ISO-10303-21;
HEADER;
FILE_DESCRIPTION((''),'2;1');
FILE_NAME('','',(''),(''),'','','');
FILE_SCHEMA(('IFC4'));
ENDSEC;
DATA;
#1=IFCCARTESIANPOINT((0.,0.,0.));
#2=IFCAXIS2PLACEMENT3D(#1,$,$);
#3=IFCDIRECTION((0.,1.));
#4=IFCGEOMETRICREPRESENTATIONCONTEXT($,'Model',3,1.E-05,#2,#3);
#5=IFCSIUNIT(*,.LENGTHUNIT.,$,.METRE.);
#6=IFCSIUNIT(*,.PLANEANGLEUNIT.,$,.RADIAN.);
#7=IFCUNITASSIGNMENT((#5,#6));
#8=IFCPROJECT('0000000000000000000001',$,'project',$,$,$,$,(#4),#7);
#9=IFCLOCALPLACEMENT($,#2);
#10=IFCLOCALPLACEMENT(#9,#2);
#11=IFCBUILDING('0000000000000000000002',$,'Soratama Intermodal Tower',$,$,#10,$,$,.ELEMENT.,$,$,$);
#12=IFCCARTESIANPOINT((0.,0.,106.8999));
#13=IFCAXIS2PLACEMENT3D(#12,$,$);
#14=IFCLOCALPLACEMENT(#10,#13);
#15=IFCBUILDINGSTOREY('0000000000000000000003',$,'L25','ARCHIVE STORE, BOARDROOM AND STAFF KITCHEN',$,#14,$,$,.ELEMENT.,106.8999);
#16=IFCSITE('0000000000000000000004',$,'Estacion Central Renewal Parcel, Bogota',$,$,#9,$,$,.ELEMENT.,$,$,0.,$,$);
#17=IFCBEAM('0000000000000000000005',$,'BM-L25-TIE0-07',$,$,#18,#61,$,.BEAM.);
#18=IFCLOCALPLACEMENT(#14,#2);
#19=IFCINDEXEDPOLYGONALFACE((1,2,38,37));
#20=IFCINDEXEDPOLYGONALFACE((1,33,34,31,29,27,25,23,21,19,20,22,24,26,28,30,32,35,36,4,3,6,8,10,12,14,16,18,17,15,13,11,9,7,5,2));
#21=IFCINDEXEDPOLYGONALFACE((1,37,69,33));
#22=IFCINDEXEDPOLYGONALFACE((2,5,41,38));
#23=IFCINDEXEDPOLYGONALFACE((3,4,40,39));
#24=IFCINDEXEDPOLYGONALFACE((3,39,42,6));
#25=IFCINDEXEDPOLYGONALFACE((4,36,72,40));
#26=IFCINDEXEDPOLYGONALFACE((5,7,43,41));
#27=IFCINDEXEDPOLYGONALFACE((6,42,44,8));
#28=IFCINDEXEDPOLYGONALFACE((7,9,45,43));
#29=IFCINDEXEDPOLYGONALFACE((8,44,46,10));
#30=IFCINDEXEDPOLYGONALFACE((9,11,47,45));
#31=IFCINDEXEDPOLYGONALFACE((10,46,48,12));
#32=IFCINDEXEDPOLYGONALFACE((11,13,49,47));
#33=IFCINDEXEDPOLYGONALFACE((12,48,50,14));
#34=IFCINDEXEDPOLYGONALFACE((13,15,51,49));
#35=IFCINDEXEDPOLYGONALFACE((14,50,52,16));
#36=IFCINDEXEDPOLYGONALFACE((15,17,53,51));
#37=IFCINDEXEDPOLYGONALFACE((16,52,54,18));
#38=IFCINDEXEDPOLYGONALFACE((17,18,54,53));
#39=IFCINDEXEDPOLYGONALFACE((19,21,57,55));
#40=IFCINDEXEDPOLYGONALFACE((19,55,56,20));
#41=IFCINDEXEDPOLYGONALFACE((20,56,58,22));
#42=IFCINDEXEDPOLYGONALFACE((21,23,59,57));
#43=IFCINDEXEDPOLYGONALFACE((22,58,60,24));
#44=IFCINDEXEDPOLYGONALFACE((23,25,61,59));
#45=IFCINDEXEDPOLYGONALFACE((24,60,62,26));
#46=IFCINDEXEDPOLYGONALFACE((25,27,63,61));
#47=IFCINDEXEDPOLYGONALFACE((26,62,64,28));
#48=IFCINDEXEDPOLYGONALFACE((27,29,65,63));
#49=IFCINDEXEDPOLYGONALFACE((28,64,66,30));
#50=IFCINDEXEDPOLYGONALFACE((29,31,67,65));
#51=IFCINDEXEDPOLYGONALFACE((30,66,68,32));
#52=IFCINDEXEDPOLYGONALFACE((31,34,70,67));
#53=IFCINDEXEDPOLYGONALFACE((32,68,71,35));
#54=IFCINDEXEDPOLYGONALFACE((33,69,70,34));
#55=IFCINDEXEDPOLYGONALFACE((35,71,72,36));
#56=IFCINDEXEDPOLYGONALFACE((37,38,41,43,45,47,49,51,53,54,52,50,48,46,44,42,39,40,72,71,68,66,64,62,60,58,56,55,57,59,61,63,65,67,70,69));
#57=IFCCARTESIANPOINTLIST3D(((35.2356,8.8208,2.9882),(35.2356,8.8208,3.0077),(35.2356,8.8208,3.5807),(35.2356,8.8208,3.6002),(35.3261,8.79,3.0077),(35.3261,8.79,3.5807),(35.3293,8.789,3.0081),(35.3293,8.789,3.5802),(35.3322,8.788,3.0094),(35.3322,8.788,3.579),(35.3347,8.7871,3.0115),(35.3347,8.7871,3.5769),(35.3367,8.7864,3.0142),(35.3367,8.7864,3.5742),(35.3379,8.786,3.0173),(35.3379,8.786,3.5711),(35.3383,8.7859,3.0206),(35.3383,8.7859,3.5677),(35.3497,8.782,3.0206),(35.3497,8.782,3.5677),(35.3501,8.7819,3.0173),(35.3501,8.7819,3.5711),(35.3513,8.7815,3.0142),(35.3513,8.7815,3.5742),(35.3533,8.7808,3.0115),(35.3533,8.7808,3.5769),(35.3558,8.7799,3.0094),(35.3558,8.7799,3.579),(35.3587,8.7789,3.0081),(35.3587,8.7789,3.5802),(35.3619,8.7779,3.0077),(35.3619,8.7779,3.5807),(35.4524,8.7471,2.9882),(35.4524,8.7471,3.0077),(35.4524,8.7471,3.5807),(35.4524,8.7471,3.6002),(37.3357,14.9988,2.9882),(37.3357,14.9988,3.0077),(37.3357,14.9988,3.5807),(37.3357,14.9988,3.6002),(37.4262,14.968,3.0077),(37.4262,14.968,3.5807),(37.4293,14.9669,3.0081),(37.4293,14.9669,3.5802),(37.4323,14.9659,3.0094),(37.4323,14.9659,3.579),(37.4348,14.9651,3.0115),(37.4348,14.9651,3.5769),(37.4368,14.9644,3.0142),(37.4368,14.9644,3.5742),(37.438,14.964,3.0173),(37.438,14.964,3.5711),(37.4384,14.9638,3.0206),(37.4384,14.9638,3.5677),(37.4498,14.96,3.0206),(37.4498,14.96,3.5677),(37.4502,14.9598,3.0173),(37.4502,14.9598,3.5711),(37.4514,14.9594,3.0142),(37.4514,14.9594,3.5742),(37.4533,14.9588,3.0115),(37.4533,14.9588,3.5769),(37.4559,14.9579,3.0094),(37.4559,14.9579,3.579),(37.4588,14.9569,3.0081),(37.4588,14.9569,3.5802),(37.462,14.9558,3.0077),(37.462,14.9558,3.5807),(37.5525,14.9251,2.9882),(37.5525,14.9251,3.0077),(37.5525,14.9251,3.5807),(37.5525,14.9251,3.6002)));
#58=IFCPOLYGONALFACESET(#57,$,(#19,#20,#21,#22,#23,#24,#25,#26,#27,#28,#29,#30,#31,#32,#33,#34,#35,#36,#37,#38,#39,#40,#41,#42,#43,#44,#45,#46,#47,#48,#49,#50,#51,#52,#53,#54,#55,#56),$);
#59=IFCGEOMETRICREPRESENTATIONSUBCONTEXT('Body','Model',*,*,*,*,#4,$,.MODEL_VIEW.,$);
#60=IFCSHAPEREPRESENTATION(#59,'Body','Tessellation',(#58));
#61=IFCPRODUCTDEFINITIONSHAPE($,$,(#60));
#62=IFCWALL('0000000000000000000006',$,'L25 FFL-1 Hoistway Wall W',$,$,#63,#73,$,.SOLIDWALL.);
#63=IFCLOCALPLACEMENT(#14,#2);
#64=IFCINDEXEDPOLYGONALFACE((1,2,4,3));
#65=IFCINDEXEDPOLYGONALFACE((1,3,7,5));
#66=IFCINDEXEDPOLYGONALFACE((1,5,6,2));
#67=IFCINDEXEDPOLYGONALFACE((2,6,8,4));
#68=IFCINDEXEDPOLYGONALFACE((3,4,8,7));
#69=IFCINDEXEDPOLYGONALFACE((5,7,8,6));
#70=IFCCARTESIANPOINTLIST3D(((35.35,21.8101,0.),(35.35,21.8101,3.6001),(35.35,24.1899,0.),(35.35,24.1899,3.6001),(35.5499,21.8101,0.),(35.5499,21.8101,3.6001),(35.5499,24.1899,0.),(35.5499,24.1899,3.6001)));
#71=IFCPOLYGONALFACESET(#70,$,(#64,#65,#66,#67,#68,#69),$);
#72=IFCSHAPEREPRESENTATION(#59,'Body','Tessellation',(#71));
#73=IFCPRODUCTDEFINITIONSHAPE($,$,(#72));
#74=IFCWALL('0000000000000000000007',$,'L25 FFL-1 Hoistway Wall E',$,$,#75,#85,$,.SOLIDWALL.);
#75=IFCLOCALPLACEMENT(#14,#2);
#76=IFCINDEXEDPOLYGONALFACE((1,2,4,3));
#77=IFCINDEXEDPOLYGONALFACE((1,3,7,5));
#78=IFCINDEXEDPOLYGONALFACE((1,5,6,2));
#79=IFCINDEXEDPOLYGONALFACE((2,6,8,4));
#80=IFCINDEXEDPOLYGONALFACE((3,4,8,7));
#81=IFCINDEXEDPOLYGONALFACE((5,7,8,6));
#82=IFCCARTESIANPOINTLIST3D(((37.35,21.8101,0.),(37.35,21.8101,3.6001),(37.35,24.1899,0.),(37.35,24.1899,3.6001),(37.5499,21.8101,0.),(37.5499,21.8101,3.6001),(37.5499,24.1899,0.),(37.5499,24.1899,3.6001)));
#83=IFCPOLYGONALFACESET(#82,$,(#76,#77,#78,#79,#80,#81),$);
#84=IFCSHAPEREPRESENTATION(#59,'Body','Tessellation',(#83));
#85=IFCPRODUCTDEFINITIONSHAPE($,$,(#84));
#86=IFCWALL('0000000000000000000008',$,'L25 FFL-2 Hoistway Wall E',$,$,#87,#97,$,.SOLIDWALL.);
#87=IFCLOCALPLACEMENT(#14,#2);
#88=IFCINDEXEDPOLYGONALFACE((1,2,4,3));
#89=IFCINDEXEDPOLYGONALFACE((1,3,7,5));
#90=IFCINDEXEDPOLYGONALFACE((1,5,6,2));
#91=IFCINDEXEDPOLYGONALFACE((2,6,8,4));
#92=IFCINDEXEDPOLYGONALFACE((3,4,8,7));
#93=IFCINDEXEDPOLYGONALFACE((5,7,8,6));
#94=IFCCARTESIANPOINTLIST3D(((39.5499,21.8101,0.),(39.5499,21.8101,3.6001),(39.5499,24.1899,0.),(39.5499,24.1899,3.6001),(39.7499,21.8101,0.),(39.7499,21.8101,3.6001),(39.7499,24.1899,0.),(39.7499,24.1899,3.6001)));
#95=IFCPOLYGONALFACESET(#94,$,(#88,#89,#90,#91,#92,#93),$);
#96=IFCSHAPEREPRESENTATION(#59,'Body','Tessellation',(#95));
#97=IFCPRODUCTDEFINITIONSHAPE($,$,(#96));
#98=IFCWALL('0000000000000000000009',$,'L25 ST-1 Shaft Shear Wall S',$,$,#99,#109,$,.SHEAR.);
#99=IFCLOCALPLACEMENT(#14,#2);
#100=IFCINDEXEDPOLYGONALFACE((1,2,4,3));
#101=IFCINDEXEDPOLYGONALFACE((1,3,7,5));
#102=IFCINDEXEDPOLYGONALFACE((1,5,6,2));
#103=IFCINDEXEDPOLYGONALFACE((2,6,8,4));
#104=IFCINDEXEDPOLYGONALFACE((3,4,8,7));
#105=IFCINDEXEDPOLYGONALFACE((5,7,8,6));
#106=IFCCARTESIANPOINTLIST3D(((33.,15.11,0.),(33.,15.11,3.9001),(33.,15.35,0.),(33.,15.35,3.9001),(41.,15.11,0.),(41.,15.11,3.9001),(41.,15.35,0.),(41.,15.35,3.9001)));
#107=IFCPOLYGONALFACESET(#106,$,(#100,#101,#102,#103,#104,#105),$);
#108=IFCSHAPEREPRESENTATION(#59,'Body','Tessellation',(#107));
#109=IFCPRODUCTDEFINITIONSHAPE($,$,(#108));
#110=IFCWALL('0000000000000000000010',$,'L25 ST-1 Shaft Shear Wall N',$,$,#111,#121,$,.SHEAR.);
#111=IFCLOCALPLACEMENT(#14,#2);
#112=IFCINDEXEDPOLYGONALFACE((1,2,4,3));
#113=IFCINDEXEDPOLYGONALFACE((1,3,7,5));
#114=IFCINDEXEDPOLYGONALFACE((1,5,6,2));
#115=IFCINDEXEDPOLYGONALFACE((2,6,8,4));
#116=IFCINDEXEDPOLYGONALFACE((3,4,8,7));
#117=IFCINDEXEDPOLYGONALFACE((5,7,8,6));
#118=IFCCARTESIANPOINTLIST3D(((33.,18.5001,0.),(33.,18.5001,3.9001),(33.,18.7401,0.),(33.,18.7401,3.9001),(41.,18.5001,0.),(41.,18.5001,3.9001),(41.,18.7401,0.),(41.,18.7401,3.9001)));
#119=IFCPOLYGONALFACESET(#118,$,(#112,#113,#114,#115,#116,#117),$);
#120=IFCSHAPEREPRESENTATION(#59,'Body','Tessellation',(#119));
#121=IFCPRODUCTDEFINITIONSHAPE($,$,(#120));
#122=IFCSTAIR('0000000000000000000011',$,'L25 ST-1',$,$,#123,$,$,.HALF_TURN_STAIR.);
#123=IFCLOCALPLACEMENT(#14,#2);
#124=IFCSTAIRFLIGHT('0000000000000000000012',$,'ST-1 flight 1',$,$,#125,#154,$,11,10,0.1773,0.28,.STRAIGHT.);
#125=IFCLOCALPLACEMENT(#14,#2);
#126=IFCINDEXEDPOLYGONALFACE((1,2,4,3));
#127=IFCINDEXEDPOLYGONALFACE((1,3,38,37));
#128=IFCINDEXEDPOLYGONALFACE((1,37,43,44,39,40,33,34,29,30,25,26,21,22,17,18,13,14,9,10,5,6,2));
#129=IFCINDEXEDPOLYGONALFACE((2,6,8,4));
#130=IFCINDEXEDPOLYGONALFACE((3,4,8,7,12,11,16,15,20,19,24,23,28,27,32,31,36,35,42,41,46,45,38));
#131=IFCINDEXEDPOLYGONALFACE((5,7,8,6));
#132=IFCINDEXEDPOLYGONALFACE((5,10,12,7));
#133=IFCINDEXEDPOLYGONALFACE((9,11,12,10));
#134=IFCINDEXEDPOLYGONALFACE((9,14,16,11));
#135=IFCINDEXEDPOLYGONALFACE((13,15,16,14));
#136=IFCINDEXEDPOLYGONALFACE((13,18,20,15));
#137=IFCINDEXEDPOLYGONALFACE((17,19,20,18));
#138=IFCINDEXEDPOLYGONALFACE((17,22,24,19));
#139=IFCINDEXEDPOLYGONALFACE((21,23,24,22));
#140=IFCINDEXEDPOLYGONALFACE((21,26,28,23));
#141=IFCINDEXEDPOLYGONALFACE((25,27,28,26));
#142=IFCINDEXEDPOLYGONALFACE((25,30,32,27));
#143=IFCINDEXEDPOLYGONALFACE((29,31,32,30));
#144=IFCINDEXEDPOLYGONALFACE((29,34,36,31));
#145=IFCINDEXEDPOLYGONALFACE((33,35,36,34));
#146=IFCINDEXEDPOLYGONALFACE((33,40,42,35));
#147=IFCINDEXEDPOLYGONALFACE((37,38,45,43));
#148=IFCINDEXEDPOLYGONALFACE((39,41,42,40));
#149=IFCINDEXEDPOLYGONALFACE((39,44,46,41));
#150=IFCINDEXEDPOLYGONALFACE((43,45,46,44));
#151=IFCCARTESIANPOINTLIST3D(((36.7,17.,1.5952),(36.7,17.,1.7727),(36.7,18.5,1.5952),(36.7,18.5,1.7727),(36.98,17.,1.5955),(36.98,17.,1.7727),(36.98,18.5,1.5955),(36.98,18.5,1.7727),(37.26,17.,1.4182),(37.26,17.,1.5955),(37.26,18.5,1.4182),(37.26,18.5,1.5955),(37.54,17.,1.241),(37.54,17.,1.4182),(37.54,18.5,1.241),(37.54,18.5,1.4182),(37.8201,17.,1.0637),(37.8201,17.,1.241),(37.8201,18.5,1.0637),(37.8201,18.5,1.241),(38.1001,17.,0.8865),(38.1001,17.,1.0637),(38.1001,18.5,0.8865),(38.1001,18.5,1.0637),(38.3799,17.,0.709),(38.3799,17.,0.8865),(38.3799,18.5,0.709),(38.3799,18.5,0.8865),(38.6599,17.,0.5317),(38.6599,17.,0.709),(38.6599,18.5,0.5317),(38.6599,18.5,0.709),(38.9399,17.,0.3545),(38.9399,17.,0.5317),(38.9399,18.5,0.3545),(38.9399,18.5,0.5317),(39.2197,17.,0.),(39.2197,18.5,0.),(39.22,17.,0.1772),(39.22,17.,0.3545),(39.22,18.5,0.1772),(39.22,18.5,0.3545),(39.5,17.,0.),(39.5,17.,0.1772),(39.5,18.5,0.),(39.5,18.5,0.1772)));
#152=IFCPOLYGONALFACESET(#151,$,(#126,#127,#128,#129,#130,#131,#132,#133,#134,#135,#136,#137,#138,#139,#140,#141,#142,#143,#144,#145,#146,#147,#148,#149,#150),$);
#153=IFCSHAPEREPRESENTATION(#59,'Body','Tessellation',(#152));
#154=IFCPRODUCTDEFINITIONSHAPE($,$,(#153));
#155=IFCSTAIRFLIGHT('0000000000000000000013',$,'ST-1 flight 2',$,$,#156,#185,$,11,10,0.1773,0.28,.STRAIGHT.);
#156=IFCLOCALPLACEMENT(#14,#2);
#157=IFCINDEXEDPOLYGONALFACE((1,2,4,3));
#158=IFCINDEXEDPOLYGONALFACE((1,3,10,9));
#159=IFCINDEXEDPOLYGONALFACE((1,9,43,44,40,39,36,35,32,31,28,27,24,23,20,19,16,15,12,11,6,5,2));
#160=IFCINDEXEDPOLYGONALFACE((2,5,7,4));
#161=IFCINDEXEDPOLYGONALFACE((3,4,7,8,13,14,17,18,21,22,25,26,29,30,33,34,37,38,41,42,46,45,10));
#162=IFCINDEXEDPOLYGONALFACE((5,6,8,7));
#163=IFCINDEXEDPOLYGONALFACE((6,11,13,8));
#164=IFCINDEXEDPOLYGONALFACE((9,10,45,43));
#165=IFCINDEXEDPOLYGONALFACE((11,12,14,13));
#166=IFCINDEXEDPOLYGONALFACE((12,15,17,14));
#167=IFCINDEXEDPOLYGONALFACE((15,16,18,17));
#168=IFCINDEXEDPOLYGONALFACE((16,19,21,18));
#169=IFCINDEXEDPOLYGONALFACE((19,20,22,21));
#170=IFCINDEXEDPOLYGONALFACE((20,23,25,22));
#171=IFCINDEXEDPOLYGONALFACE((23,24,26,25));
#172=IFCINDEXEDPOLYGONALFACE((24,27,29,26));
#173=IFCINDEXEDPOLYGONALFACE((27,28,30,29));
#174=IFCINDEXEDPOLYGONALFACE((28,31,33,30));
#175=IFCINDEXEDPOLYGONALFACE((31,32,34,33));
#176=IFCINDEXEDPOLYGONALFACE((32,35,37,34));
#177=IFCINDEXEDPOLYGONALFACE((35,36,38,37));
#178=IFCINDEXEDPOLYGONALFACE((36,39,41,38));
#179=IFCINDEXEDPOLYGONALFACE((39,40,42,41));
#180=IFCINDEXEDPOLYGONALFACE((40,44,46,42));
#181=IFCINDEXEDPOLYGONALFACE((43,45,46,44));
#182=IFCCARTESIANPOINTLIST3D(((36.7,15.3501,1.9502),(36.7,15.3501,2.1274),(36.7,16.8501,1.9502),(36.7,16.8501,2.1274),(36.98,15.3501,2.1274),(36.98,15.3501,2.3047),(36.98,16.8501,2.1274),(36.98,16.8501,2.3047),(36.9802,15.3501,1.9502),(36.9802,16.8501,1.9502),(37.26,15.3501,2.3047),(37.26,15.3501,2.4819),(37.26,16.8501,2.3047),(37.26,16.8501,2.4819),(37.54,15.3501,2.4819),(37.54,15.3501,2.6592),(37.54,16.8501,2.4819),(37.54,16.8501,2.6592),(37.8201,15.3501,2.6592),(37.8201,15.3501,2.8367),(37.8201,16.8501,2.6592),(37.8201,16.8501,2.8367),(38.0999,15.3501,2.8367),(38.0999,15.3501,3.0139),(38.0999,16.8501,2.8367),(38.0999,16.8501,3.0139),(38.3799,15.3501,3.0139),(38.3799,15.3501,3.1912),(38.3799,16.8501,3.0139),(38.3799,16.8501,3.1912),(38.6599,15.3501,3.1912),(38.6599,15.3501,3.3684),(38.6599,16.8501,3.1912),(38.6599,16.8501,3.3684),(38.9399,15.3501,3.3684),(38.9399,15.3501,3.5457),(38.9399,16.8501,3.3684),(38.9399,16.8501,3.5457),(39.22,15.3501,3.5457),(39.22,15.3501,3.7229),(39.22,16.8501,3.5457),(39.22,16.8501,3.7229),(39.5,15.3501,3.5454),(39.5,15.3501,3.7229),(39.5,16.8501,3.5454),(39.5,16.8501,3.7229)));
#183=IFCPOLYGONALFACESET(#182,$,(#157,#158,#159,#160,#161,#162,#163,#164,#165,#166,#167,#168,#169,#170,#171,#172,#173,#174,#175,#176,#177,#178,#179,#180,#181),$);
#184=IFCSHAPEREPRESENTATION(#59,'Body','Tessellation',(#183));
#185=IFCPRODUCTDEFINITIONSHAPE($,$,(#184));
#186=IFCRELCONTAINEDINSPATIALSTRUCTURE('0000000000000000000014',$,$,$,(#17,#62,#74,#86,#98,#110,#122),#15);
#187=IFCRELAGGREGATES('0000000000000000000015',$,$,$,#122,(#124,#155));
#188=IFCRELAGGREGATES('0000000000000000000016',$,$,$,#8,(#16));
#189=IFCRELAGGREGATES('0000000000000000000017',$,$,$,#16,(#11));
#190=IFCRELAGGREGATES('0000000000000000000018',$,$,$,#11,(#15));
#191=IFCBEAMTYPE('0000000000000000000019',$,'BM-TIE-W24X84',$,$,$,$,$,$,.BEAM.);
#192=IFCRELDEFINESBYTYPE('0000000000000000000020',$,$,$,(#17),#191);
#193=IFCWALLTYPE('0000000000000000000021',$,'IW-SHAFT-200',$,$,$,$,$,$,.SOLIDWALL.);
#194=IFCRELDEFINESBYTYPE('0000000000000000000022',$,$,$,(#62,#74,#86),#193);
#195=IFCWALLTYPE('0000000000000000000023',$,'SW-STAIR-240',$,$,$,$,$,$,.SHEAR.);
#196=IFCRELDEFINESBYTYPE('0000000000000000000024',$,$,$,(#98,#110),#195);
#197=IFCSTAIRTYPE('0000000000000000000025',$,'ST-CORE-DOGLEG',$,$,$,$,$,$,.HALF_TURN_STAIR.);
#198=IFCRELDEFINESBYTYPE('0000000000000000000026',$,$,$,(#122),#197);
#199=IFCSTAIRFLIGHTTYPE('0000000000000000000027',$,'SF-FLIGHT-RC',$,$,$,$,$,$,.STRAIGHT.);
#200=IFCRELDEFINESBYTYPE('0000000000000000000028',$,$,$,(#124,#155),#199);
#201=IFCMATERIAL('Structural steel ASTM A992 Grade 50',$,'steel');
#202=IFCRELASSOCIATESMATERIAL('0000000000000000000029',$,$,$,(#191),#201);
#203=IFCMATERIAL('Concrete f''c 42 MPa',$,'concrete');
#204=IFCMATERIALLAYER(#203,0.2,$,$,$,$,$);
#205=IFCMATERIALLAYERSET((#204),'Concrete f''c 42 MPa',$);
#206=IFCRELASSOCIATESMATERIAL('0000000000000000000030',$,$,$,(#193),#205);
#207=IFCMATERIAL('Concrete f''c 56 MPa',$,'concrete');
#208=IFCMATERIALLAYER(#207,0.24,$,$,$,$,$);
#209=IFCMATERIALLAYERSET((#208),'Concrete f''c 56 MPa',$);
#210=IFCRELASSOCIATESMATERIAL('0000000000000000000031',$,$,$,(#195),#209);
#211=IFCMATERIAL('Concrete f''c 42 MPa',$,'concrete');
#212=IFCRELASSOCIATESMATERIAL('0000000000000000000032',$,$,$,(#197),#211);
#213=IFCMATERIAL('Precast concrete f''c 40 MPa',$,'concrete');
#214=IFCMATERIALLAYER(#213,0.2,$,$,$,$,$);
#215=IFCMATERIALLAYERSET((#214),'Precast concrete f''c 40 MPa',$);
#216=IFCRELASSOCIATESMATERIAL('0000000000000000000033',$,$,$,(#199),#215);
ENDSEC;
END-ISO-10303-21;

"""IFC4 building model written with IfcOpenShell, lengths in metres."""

from ifc_helpers import new_model, si_unit, direction, frame, frame_2d, origin, origin_2d, place, context, subcontext, project, spatial, polyline, rectangle, i_section, outline, extrude, material, layer, layer_set, material_profile, profile_set, type_object, element, aggregate, save


model = new_model("IFC4")

# Units and contexts
model_context = context("Model", 3, precision=1e-05, world=origin(), true_north=direction((0.0, 1.0)))
body_context = subcontext(model_context, "Body", "Model", "MODEL_VIEW")
ifc_project = project(units=[si_unit("LENGTHUNIT", "METRE"), si_unit("PLANEANGLEUNIT", "RADIAN")], contexts=[model_context])

# Site, building, storey
site_placement = place(None, origin())
site = spatial("IfcSite", under=ifc_project, at=site_placement, Name="Estacion Central Renewal Parcel, Bogota", CompositionType="ELEMENT", RefElevation=0.0)
building_placement = place(site_placement, origin())
building = spatial("IfcBuilding", under=site, at=building_placement, Name="Soratama Intermodal Tower", CompositionType="ELEMENT")
storey_placement = place(building_placement, frame((0.0, 0.0, 106.8999)))
storey = spatial("IfcBuildingStorey", under=building, at=storey_placement, Name="L25", Description="ARCHIVE STORE, BOARDROOM AND STAFF KITCHEN", CompositionType="ELEMENT", Elevation=106.8999)

# Beam
ifc_material_1 = material(Name="Structural steel ASTM A992 Grade 50", Category="steel")
ifc_material_profile_1 = material_profile(ifc_material_1, i_section(OverallWidth=0.229, OverallDepth=0.6121, WebThickness=0.012, FlangeThickness=0.0195, FilletRadius=0.0129, at=origin_2d()), Name="W24X84")
ifc_profile_set_1 = profile_set([ifc_material_profile_1], Name="Structural steel ASTM A992 Grade 50")
beam_type_1 = type_object("IfcBeamType", Name="BM-TIE-W24X84", PredefinedType="BEAM", material=ifc_profile_set_1)
beam_1_placement = place(storey_placement, frame((37.4441, 14.9619, 3.2942), z_axis=(-0.321846, -0.946792, 0.0), x_axis=(0.946792, -0.321846, 0.0)))
element("IfcBeam", 1, at=beam_1_placement, inside=storey, type_object=beam_type_1, Name="BM-L25-TIE0-07", PredefinedType="BEAM", context=body_context, shape_type="SweptSolid", body=[
    extrude(i_section(OverallWidth=0.229, OverallDepth=0.6121, WebThickness=0.012, FlangeThickness=0.0195, FilletRadius=0.0129, at=origin_2d()), origin(), (0.0, 0.0, 1.0), 6.5251),
])

# Shared definitions
ifc_material_2 = material(Name="Concrete f'c 42 MPa", Category="concrete")
ifc_layer_1 = layer(ifc_material_2, 0.2)
ifc_layer_set_1 = layer_set([ifc_layer_1], Name="Concrete f'c 42 MPa")
wall_type_1 = type_object("IfcWallType", Name="IW-SHAFT-200", PredefinedType="SOLIDWALL", material=ifc_layer_set_1)

# Walls
for number, where, z_axis, x_axis, name in (
    (2, (35.45, 21.8101, 0.0), (0.0, 0.0, 1.0), (0.0, 1.0, 0.0), "L25 FFL-1 Hoistway Wall W"),
    (3, (37.45, 21.8101, 0.0), (0.0, 0.0, 1.0), (0.0, 1.0, 0.0), "L25 FFL-1 Hoistway Wall E"),
):
    element("IfcWall", number, at=place(storey_placement, frame(where, z_axis=z_axis, x_axis=x_axis)), inside=storey, type_object=wall_type_1, Name=name, PredefinedType="SOLIDWALL", context=body_context, shape_type="SweptSolid", body=[
        extrude(rectangle(XDim=2.3799, YDim=0.2, at=frame_2d((1.1899, 0.0))), origin(), (0.0, 0.0, 1.0), 3.6001),
    ])

# Wall
wall_1_placement = place(storey_placement, frame((39.6499, 21.8101, 0.0), z_axis=(0.0, 0.0, 1.0), x_axis=(0.0, 1.0, 0.0)))
element("IfcWall", 4, at=wall_1_placement, inside=storey, type_object=wall_type_1, Name="L25 FFL-2 Hoistway Wall E", PredefinedType="SOLIDWALL", context=body_context, shape_type="SweptSolid", body=[
    extrude(rectangle(XDim=2.3799, YDim=0.2, at=frame_2d((1.1899, 0.0))), origin(), (0.0, 0.0, 1.0), 3.6001),
])

# Walls
ifc_material_3 = material(Name="Concrete f'c 56 MPa", Category="concrete")
ifc_layer_2 = layer(ifc_material_3, 0.24)
ifc_layer_set_2 = layer_set([ifc_layer_2], Name="Concrete f'c 56 MPa")
wall_type_2 = type_object("IfcWallType", Name="SW-STAIR-240", PredefinedType="SHEAR", material=ifc_layer_set_2)
for number, where, z_axis, x_axis, name in (
    (5, (33.0, 15.23, 0.0), (0.0, 0.0, 1.0), (1.0, 0.0, 0.0), "L25 ST-1 Shaft Shear Wall S"),
    (6, (33.0, 18.6201, 0.0), (0.0, 0.0, 1.0), (1.0, 0.0, 0.0), "L25 ST-1 Shaft Shear Wall N"),
):
    element("IfcWall", number, at=place(storey_placement, frame(where, z_axis=z_axis, x_axis=x_axis)), inside=storey, type_object=wall_type_2, Name=name, PredefinedType="SHEAR", context=body_context, shape_type="SweptSolid", body=[
        extrude(rectangle(XDim=8.0, YDim=0.24, at=frame_2d((4.0, 0.0))), origin(), (0.0, 0.0, 1.0), 3.9001),
    ])

# Stair, stair flights
ifc_material_4 = material(Name="Concrete f'c 42 MPa", Category="concrete")
stair_type = type_object("IfcStairType", Name="ST-CORE-DOGLEG", PredefinedType="HALF_TURN_STAIR", material=ifc_material_4)
stair_placement = place(storey_placement, origin())
stair = element("IfcStair", 7, at=stair_placement, inside=storey, type_object=stair_type, Name="L25 ST-1", PredefinedType="HALF_TURN_STAIR")
ifc_material_5 = material(Name="Precast concrete f'c 40 MPa", Category="concrete")
ifc_layer_3 = layer(ifc_material_5, 0.2)
ifc_layer_set_3 = layer_set([ifc_layer_3], Name="Precast concrete f'c 40 MPa")
stair_flight_type = type_object("IfcStairFlightType", Name="SF-FLIGHT-RC", PredefinedType="STRAIGHT", material=ifc_layer_set_3)
stair_flight_1_placement = place(storey_placement, frame((39.5, 17.75, 0.0), z_axis=(0.0, 0.0, 1.0), x_axis=(-1.0, 0.0, 0.0)))
stair_flight_1 = element("IfcStairFlight", 8, at=stair_flight_1_placement, type_object=stair_flight_type, Name="ST-1 flight 1", NumberOfRisers=11, NumberOfTreads=10, PredefinedType="STRAIGHT", RiserHeight=0.1773, TreadLength=0.28, context=body_context, shape_type="SweptSolid", body=[
    extrude(outline(polyline([(0.0, 0.0), (0.0, 0.1772), (0.28, 0.1772), (0.28, 0.3545), (0.5601, 0.3545), (0.5601, 0.5317), (0.8401, 0.5317), (0.8401, 0.709), (1.1201, 0.709), (1.1201, 0.8865), (1.3999, 0.8865), (1.3999, 1.0637), (1.6799, 1.0637), (1.6799, 1.241), (1.96, 1.241), (1.96, 1.4182), (2.24, 1.4182), (2.24, 1.5955), (2.52, 1.5955), (2.52, 1.7727), (2.8, 1.7727), (2.8, 1.95), (2.8, 1.5952), (0.2803, 0.0), (0.0, 0.0)])), frame((0.0, 0.75, 0.0), z_axis=(0.0, -1.0, 0.0), x_axis=(1.0, 0.0, 0.0)), (0.0, 0.0, 1.0), 1.5),
])
stair_flight_2_placement = place(storey_placement, frame((36.7, 16.1001, 1.9502), z_axis=(0.0, 0.0, 1.0), x_axis=(1.0, 0.0, 0.0)))
stair_flight_2 = element("IfcStairFlight", 9, at=stair_flight_2_placement, type_object=stair_flight_type, Name="ST-1 flight 2", NumberOfRisers=11, NumberOfTreads=10, PredefinedType="STRAIGHT", RiserHeight=0.1773, TreadLength=0.28, context=body_context, shape_type="SweptSolid", body=[
    extrude(outline(polyline([(0.0, 0.0), (0.0, 0.1772), (0.28, 0.1772), (0.28, 0.3545), (0.5601, 0.3545), (0.5601, 0.5317), (0.8401, 0.5317), (0.8401, 0.709), (1.1201, 0.709), (1.1201, 0.8865), (1.3999, 0.8865), (1.3999, 1.0637), (1.6799, 1.0637), (1.6799, 1.241), (1.96, 1.241), (1.96, 1.4182), (2.24, 1.4182), (2.24, 1.5955), (2.52, 1.5955), (2.52, 1.7727), (2.8, 1.7727), (2.8, 1.95), (2.8, 1.5952), (0.2803, 0.0), (0.0, 0.0)])), frame((0.0, 0.75, 0.0), z_axis=(0.0, -1.0, 0.0), x_axis=(1.0, 0.0, 0.0)), (0.0, 0.0, 1.0), 1.5),
])
aggregate(stair, [stair_flight_1, stair_flight_2])

save(model, "model.ifc")
